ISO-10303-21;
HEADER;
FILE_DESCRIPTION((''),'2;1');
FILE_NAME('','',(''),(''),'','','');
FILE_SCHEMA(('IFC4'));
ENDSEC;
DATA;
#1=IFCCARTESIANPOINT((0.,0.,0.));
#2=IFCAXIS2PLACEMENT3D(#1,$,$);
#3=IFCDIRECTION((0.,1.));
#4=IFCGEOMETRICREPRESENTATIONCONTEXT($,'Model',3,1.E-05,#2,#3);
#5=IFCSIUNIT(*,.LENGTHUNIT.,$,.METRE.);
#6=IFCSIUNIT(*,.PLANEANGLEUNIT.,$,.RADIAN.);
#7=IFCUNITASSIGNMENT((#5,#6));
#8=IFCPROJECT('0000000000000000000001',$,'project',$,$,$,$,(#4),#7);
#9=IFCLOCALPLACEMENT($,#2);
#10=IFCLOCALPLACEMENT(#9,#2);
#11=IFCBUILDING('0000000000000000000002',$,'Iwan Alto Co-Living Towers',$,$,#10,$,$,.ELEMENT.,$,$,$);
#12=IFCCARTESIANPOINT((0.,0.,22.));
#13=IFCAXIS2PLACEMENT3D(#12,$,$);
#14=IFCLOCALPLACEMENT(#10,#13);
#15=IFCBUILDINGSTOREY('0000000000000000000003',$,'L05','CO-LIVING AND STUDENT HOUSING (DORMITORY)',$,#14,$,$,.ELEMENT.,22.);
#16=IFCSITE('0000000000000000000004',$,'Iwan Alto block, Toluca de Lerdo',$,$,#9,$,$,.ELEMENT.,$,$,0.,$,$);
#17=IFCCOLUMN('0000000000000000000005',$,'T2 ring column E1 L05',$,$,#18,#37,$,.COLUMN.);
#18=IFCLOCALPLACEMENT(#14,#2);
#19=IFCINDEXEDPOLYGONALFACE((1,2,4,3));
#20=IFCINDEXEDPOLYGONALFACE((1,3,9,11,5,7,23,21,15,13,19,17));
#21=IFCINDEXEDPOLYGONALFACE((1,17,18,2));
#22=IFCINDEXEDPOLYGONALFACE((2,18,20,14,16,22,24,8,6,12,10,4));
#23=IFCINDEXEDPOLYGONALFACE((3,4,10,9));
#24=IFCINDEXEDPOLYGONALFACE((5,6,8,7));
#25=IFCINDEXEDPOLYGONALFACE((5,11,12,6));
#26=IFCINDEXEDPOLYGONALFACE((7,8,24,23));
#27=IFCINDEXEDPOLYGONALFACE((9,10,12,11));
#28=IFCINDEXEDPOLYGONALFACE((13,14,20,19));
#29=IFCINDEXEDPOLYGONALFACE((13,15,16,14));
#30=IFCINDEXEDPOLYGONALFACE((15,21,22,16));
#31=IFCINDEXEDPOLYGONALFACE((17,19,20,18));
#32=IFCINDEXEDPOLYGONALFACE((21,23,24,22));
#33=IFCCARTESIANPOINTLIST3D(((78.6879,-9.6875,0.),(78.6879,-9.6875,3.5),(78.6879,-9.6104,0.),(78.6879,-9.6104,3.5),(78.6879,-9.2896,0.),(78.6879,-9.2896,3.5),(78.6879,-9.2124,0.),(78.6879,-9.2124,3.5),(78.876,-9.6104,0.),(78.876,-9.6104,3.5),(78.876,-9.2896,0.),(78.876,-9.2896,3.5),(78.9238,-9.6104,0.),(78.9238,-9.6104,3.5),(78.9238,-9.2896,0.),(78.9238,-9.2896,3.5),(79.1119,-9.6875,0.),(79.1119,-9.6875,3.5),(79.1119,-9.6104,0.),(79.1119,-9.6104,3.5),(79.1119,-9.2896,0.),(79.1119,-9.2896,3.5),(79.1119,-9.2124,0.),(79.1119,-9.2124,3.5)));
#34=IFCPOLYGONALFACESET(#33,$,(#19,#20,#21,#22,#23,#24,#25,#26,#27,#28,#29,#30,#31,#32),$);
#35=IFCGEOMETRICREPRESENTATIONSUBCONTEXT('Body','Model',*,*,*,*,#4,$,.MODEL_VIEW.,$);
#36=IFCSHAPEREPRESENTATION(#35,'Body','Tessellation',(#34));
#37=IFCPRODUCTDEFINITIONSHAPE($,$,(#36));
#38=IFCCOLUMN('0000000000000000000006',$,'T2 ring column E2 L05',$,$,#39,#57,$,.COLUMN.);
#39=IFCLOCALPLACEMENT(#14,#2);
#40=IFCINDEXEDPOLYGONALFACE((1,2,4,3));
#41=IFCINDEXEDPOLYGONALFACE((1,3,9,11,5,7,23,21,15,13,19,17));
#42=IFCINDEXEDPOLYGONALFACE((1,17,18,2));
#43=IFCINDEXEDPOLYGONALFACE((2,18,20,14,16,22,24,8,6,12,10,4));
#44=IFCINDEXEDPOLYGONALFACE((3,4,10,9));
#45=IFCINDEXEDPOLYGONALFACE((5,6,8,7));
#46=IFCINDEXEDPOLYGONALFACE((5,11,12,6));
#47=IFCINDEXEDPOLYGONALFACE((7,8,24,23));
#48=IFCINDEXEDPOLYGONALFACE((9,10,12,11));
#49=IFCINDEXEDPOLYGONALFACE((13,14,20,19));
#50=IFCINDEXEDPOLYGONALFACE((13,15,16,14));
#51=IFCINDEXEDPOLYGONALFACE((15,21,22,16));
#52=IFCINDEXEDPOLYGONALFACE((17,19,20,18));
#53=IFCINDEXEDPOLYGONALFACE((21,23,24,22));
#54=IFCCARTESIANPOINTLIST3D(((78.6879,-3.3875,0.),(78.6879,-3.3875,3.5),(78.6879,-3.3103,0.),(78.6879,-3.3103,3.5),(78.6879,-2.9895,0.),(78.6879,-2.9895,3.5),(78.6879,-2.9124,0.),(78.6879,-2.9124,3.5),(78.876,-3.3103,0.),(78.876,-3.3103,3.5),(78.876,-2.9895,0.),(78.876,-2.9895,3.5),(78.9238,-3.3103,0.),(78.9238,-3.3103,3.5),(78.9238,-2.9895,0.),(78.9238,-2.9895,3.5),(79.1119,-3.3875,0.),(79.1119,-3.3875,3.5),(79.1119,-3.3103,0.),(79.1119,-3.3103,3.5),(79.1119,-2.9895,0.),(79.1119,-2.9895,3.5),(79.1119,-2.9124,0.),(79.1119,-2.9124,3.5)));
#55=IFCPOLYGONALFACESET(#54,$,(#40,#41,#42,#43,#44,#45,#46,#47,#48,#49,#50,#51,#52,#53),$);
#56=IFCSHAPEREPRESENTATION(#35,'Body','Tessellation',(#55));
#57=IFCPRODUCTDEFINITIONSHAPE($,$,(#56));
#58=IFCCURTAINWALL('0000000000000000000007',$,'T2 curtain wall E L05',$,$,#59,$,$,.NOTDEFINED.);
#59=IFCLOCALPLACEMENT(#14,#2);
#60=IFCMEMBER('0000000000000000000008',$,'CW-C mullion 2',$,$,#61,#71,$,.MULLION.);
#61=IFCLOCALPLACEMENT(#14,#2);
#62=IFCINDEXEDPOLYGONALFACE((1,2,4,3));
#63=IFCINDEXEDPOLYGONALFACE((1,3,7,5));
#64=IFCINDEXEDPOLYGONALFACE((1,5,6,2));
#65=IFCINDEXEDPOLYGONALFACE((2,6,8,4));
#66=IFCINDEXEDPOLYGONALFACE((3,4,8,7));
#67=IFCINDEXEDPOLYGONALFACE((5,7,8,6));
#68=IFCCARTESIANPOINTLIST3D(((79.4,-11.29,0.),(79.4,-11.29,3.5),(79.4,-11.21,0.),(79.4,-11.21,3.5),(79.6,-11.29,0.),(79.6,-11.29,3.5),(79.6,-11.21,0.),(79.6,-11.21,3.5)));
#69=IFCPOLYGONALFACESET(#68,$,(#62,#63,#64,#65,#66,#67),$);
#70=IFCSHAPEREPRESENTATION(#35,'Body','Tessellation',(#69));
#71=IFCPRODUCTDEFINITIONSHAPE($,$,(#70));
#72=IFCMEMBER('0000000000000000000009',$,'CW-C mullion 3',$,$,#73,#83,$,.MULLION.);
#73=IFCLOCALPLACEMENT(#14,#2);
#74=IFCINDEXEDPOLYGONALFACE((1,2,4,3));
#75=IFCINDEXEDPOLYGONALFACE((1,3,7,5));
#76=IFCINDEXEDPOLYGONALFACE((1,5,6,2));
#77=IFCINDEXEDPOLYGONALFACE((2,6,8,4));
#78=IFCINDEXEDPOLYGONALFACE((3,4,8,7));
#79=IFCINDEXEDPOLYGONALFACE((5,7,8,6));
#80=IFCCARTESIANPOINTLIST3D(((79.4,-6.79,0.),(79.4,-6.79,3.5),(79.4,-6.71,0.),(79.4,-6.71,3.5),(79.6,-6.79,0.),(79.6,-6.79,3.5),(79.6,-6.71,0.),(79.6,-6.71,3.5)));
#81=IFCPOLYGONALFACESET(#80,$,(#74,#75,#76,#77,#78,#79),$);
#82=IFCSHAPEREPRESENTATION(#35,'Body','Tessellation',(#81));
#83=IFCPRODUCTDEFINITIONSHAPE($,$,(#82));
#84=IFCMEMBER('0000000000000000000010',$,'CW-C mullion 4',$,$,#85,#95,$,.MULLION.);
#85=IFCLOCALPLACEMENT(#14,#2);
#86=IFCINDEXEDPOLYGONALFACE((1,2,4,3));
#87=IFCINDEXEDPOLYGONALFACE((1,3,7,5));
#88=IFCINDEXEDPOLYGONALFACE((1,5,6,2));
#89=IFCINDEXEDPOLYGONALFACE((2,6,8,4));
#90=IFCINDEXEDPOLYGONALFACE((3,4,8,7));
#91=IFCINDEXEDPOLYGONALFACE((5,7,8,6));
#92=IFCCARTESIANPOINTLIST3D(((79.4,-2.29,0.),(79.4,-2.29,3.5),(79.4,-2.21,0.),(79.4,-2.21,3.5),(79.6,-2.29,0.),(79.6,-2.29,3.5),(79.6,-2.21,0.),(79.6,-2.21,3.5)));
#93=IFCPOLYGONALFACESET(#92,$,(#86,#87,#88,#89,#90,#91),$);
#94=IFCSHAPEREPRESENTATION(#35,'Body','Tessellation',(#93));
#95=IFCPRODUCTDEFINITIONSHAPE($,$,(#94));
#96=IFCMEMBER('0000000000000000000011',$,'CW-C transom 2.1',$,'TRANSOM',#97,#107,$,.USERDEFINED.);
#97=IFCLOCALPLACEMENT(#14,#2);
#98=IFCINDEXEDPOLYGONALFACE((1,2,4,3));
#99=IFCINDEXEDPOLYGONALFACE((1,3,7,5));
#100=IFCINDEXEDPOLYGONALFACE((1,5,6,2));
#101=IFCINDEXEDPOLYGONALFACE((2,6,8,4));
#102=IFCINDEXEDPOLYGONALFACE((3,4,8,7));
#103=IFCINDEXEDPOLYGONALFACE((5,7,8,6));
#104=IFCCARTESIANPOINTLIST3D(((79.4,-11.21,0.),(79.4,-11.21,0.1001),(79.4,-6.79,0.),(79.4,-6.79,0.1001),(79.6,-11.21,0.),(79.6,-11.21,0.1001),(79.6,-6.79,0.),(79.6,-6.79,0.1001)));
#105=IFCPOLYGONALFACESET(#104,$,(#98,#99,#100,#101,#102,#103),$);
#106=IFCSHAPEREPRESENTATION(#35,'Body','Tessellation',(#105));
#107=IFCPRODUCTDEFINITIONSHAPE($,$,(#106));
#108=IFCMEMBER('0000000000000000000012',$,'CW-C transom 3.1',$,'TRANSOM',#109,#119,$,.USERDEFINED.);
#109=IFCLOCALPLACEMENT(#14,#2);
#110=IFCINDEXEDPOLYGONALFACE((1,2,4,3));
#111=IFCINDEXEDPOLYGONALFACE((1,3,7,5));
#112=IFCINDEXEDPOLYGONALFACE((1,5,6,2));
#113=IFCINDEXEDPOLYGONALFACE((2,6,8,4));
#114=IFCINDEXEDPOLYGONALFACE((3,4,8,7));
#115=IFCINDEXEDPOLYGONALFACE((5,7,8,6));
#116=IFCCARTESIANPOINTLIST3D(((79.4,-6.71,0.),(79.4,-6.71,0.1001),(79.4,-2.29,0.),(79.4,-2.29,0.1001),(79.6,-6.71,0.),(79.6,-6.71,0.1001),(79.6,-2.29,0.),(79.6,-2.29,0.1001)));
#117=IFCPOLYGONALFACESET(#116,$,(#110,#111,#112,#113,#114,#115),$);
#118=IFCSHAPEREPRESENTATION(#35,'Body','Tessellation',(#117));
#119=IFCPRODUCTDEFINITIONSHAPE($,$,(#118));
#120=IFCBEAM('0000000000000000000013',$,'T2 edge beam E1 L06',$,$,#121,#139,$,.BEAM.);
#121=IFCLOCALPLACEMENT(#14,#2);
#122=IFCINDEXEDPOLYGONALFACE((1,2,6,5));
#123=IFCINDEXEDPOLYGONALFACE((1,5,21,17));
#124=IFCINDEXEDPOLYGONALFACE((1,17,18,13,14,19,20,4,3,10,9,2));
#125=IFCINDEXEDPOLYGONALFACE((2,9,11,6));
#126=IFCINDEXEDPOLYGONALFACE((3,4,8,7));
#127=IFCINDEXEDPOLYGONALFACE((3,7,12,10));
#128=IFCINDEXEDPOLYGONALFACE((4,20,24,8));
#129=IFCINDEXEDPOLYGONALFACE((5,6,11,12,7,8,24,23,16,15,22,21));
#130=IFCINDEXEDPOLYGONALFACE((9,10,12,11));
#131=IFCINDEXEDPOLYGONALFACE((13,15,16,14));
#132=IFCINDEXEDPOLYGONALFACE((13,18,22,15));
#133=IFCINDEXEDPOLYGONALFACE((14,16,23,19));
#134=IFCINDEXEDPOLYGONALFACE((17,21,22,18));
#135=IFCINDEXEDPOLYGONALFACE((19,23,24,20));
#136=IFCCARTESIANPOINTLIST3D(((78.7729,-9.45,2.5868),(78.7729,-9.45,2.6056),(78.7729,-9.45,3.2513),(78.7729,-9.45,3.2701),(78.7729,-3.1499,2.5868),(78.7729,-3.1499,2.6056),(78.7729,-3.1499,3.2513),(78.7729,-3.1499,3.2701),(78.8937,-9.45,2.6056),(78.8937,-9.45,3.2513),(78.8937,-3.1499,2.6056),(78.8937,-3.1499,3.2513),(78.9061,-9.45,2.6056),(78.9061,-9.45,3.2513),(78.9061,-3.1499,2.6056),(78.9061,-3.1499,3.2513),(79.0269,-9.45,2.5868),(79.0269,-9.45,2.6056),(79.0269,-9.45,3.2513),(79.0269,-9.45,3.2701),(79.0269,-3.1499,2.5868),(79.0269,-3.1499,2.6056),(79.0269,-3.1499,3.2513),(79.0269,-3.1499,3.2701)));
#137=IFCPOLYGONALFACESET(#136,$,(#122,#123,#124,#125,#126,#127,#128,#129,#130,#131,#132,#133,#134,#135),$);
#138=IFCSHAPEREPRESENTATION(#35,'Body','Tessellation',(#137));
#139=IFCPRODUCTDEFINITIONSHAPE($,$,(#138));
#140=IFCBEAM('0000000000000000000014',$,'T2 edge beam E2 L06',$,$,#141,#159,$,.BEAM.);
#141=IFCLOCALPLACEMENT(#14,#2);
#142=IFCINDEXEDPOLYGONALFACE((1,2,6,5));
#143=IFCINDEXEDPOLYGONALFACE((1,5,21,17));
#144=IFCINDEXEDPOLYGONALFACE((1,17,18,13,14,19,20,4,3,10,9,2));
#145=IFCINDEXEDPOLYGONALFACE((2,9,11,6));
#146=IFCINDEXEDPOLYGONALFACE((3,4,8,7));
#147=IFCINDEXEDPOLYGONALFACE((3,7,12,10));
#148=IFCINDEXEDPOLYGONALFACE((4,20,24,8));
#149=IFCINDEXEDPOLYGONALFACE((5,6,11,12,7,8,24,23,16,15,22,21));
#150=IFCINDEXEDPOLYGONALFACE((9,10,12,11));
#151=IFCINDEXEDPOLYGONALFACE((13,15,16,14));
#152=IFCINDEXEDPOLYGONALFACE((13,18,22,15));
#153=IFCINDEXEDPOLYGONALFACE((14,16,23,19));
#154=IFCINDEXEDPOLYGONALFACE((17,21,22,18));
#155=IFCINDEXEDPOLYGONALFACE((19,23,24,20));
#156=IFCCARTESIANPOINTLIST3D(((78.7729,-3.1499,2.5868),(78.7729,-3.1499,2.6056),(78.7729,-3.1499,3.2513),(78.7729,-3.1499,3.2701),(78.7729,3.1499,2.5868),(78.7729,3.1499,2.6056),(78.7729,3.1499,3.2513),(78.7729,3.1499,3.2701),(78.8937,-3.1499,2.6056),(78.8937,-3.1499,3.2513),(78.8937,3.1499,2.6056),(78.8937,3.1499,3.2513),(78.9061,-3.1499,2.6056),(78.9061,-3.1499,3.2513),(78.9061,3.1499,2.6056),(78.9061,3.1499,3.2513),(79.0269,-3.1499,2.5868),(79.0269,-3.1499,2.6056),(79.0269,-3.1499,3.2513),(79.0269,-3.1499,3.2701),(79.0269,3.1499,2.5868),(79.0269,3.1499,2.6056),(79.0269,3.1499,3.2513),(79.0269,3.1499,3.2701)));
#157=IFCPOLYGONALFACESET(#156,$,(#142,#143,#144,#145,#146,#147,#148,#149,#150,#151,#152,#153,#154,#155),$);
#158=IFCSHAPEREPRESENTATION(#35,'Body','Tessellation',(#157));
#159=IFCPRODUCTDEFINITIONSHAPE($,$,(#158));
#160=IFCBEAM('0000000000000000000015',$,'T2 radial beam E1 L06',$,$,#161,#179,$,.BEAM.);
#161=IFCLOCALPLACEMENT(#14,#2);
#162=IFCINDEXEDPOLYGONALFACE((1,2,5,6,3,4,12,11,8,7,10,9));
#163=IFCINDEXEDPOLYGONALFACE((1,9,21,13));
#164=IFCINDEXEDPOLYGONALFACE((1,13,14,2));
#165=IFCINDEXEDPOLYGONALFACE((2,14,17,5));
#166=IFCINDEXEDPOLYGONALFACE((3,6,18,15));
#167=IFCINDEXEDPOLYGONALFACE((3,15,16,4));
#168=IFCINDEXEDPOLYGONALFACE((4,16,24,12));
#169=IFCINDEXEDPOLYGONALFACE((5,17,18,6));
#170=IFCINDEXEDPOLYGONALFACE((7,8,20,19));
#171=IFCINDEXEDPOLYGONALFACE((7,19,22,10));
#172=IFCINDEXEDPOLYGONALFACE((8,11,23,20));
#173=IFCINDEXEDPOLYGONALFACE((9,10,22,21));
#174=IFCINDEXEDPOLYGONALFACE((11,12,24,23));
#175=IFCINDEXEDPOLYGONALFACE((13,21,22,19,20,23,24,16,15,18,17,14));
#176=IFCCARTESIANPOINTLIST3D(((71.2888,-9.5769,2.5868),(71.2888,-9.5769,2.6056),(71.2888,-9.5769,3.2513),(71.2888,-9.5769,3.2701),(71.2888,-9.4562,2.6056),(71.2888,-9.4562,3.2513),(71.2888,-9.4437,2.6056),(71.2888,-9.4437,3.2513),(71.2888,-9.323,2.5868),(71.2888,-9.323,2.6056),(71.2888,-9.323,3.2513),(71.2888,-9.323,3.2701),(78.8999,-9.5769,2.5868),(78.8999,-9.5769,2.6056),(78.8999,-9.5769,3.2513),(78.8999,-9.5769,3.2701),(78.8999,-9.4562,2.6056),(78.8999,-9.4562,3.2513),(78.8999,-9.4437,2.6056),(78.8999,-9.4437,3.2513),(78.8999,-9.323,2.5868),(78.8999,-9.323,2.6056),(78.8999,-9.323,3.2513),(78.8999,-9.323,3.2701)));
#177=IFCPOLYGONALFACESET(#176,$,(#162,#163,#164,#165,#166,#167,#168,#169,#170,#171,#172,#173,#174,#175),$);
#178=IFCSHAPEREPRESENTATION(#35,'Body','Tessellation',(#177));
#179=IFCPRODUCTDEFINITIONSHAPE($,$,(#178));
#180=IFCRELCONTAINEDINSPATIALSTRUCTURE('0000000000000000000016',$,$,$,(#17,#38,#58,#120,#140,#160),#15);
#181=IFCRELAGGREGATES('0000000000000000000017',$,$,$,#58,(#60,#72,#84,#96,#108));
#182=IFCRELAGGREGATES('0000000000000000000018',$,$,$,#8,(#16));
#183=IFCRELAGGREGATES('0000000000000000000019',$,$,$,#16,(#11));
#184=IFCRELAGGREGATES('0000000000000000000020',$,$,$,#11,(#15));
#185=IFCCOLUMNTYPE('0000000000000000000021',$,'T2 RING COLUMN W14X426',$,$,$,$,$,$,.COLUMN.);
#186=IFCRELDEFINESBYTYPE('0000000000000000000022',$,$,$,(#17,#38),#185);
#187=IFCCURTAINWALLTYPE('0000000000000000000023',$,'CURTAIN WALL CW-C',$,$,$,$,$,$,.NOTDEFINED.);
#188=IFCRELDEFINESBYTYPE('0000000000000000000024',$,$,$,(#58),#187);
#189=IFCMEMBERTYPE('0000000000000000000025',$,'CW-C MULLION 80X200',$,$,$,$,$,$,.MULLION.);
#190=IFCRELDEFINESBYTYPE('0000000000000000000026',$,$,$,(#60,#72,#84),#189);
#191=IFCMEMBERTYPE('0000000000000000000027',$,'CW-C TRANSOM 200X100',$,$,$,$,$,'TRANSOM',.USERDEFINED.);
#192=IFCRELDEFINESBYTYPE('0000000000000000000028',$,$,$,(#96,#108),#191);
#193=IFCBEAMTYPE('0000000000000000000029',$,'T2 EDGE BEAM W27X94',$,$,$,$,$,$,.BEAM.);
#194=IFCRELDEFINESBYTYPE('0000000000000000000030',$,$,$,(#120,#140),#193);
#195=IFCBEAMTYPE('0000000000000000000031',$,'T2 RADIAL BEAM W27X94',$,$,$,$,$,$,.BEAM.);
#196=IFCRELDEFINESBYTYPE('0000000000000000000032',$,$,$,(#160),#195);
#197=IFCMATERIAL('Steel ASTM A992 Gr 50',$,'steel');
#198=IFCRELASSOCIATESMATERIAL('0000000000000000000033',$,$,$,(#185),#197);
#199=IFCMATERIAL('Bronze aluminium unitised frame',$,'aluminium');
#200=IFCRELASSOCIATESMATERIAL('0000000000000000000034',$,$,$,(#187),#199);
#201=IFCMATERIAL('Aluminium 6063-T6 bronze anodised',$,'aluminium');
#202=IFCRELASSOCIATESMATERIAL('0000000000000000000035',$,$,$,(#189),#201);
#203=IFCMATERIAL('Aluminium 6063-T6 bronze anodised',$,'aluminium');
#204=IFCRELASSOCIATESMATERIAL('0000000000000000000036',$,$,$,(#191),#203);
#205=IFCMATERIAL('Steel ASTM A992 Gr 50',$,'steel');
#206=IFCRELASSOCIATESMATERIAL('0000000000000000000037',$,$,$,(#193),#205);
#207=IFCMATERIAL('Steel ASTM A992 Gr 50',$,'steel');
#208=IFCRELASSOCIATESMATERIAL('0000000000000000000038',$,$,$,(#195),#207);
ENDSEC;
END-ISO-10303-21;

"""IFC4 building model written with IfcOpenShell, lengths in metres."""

from ifc_helpers import new_model, si_unit, direction, frame, origin, origin_2d, place, context, subcontext, project, spatial, rectangle, i_section, extrude, material, material_profile, profile_set, type_object, element, aggregate, save


model = new_model("IFC4")

# Units and contexts
model_context = context("Model", 3, precision=1e-05, world=origin(), true_north=direction((0.0, 1.0)))
body_context = subcontext(model_context, "Body", "Model", "MODEL_VIEW")
ifc_project = project(units=[si_unit("LENGTHUNIT", "METRE"), si_unit("PLANEANGLEUNIT", "RADIAN")], contexts=[model_context])

# Site, building, storey
site_placement = place(None, origin())
site = spatial("IfcSite", under=ifc_project, at=site_placement, Name="Iwan Alto block, Toluca de Lerdo", CompositionType="ELEMENT", RefElevation=0.0)
building_placement = place(site_placement, origin())
building = spatial("IfcBuilding", under=site, at=building_placement, Name="Iwan Alto Co-Living Towers", CompositionType="ELEMENT")
storey_placement = place(building_placement, frame((0.0, 0.0, 22.0)))
storey = spatial("IfcBuildingStorey", under=building, at=storey_placement, Name="L05", Description="CO-LIVING AND STUDENT HOUSING (DORMITORY)", CompositionType="ELEMENT", Elevation=22.0)

# Columns
ifc_material_1 = material(Name="Steel ASTM A992 Gr 50", Category="steel")
ifc_material_profile_1 = material_profile(ifc_material_1, i_section(OverallWidth=0.4241, OverallDepth=0.4751, WebThickness=0.0479, FlangeThickness=0.0771, at=origin_2d()), Name="W14X426")
ifc_profile_set_1 = profile_set([ifc_material_profile_1], Name="Steel ASTM A992 Gr 50")
column_type = type_object("IfcColumnType", Name="T2 RING COLUMN W14X426", PredefinedType="COLUMN", material=ifc_profile_set_1)
for number, where, z_axis, x_axis, name in (
    (1, (78.8999, -9.45, 0.0), (0.0, 0.0, 1.0), (1.0, 0.0, 0.0), "T2 ring column E1 L05"),
    (2, (78.8999, -3.1499, 0.0), (0.0, 0.0, 1.0), (1.0, 0.0, 0.0), "T2 ring column E2 L05"),
):
    element("IfcColumn", number, at=place(storey_placement, frame(where, z_axis=z_axis, x_axis=x_axis)), inside=storey, type_object=column_type, Name=name, PredefinedType="COLUMN", context=body_context, shape_type="SweptSolid", body=[
        extrude(i_section(OverallWidth=0.4241, OverallDepth=0.4751, WebThickness=0.0479, FlangeThickness=0.0771, at=origin_2d()), origin(), (0.0, 0.0, 1.0), 3.5),
    ])

# Curtain wall, members
ifc_material_2 = material(Name="Bronze aluminium unitised frame", Category="aluminium")
curtain_wall_type = type_object("IfcCurtainWallType", Name="CURTAIN WALL CW-C", PredefinedType="NOTDEFINED", material=ifc_material_2)
curtain_wall_placement = place(storey_placement, origin())
curtain_wall = element("IfcCurtainWall", 3, at=curtain_wall_placement, inside=storey, type_object=curtain_wall_type, Name="T2 curtain wall E L05", PredefinedType="NOTDEFINED")
ifc_material_3 = material(Name="Aluminium 6063-T6 bronze anodised", Category="aluminium")
ifc_material_profile_2 = material_profile(ifc_material_3, rectangle(XDim=0.2, YDim=0.0801, at=origin_2d()), Name="AL 80X200")
ifc_profile_set_2 = profile_set([ifc_material_profile_2], Name="Aluminium 6063-T6 bronze anodised")
member_type_1 = type_object("IfcMemberType", Name="CW-C MULLION 80X200", PredefinedType="MULLION", material=ifc_profile_set_2)
member_1_placement = place(storey_placement, frame((79.5, -11.25, 0.0), z_axis=(0.0, 0.0, 1.0), x_axis=(-1.0, 0.0, 0.0)))
member_1 = element("IfcMember", 4, at=member_1_placement, type_object=member_type_1, Name="CW-C mullion 2", PredefinedType="MULLION", context=body_context, shape_type="SweptSolid", body=[
    extrude(rectangle(XDim=0.2, YDim=0.0801, at=origin_2d()), origin(), (0.0, 0.0, 1.0), 3.5),
])
member_2_placement = place(storey_placement, frame((79.5, -6.75, 0.0), z_axis=(0.0, 0.0, 1.0), x_axis=(-1.0, 0.0, 0.0)))
member_2 = element("IfcMember", 5, at=member_2_placement, type_object=member_type_1, Name="CW-C mullion 3", PredefinedType="MULLION", context=body_context, shape_type="SweptSolid", body=[
    extrude(rectangle(XDim=0.2, YDim=0.0801, at=origin_2d()), origin(), (0.0, 0.0, 1.0), 3.5),
])
member_3_placement = place(storey_placement, frame((79.5, -2.25, 0.0), z_axis=(0.0, 0.0, 1.0), x_axis=(-1.0, 0.0, 0.0)))
member_3 = element("IfcMember", 6, at=member_3_placement, type_object=member_type_1, Name="CW-C mullion 4", PredefinedType="MULLION", context=body_context, shape_type="SweptSolid", body=[
    extrude(rectangle(XDim=0.2, YDim=0.0801, at=origin_2d()), origin(), (0.0, 0.0, 1.0), 3.5),
])
ifc_material_4 = material(Name="Aluminium 6063-T6 bronze anodised", Category="aluminium")
ifc_material_profile_3 = material_profile(ifc_material_4, rectangle(XDim=0.2, YDim=0.1001, at=origin_2d()), Name="AL 200X100")
ifc_profile_set_3 = profile_set([ifc_material_profile_3], Name="Aluminium 6063-T6 bronze anodised")
member_type_2 = type_object("IfcMemberType", Name="CW-C TRANSOM 200X100", ElementType="TRANSOM", PredefinedType="USERDEFINED", material=ifc_profile_set_3)
member_4_placement = place(storey_placement, frame((79.5, -11.21, 0.05), z_axis=(0.0, 1.0, 0.0), x_axis=(-1.0, 0.0, 0.0)))
member_4 = element("IfcMember", 7, at=member_4_placement, type_object=member_type_2, Name="CW-C transom 2.1", ObjectType="TRANSOM", PredefinedType="USERDEFINED", context=body_context, shape_type="SweptSolid", body=[
    extrude(rectangle(XDim=0.2, YDim=0.1001, at=origin_2d()), origin(), (0.0, 0.0, 1.0), 4.4199),
])
member_5_placement = place(storey_placement, frame((79.5, -6.71, 0.05), z_axis=(0.0, 1.0, 0.0), x_axis=(-1.0, 0.0, 0.0)))
member_5 = element("IfcMember", 8, at=member_5_placement, type_object=member_type_2, Name="CW-C transom 3.1", ObjectType="TRANSOM", PredefinedType="USERDEFINED", context=body_context, shape_type="SweptSolid", body=[
    extrude(rectangle(XDim=0.2, YDim=0.1001, at=origin_2d()), origin(), (0.0, 0.0, 1.0), 4.4199),
])

# Beams
ifc_material_5 = material(Name="Steel ASTM A992 Gr 50", Category="steel")
ifc_material_profile_4 = material_profile(ifc_material_5, i_section(OverallWidth=0.2539, OverallDepth=0.6833, WebThickness=0.0125, FlangeThickness=0.0188, at=origin_2d()), Name="W27X94")
ifc_profile_set_4 = profile_set([ifc_material_profile_4], Name="Steel ASTM A992 Gr 50")
beam_type_1 = type_object("IfcBeamType", Name="T2 EDGE BEAM W27X94", PredefinedType="BEAM", material=ifc_profile_set_4)
beam_1_placement = place(storey_placement, frame((78.8999, -9.45, 2.9285), z_axis=(0.0, 1.0, 0.0), x_axis=(-1.0, 0.0, 0.0)))
element("IfcBeam", 9, at=beam_1_placement, inside=storey, type_object=beam_type_1, Name="T2 edge beam E1 L06", PredefinedType="BEAM", context=body_context, shape_type="SweptSolid", body=[
    extrude(i_section(OverallWidth=0.2539, OverallDepth=0.6833, WebThickness=0.0125, FlangeThickness=0.0188, at=origin_2d()), origin(), (0.0, 0.0, 1.0), 6.3),
])
beam_2_placement = place(storey_placement, frame((78.8999, -3.1499, 2.9285), z_axis=(0.0, 1.0, 0.0), x_axis=(-1.0, 0.0, 0.0)))
element("IfcBeam", 10, at=beam_2_placement, inside=storey, type_object=beam_type_1, Name="T2 edge beam E2 L06", PredefinedType="BEAM", context=body_context, shape_type="SweptSolid", body=[
    extrude(i_section(OverallWidth=0.2539, OverallDepth=0.6833, WebThickness=0.0125, FlangeThickness=0.0188, at=origin_2d()), origin(), (0.0, 0.0, 1.0), 6.2998),
])
ifc_material_6 = material(Name="Steel ASTM A992 Gr 50", Category="steel")
ifc_material_profile_5 = material_profile(ifc_material_6, i_section(OverallWidth=0.2539, OverallDepth=0.6833, WebThickness=0.0125, FlangeThickness=0.0188, at=origin_2d()), Name="W27X94")
ifc_profile_set_5 = profile_set([ifc_material_profile_5], Name="Steel ASTM A992 Gr 50")
beam_type_2 = type_object("IfcBeamType", Name="T2 RADIAL BEAM W27X94", PredefinedType="BEAM", material=ifc_profile_set_5)
beam_3_placement = place(storey_placement, frame((78.8999, -9.45, 2.9285), z_axis=(-1.0, 0.0, 0.0), x_axis=(0.0, -1.0, 0.0)))
element("IfcBeam", 11, at=beam_3_placement, inside=storey, type_object=beam_type_2, Name="T2 radial beam E1 L06", PredefinedType="BEAM", context=body_context, shape_type="SweptSolid", body=[
    extrude(i_section(OverallWidth=0.2539, OverallDepth=0.6833, WebThickness=0.0125, FlangeThickness=0.0188, at=origin_2d()), origin(), (0.0, 0.0, 1.0), 7.6111),
])

aggregate(curtain_wall, [member_1, member_2, member_3, member_4, member_5])

save(model, "model.ifc")
